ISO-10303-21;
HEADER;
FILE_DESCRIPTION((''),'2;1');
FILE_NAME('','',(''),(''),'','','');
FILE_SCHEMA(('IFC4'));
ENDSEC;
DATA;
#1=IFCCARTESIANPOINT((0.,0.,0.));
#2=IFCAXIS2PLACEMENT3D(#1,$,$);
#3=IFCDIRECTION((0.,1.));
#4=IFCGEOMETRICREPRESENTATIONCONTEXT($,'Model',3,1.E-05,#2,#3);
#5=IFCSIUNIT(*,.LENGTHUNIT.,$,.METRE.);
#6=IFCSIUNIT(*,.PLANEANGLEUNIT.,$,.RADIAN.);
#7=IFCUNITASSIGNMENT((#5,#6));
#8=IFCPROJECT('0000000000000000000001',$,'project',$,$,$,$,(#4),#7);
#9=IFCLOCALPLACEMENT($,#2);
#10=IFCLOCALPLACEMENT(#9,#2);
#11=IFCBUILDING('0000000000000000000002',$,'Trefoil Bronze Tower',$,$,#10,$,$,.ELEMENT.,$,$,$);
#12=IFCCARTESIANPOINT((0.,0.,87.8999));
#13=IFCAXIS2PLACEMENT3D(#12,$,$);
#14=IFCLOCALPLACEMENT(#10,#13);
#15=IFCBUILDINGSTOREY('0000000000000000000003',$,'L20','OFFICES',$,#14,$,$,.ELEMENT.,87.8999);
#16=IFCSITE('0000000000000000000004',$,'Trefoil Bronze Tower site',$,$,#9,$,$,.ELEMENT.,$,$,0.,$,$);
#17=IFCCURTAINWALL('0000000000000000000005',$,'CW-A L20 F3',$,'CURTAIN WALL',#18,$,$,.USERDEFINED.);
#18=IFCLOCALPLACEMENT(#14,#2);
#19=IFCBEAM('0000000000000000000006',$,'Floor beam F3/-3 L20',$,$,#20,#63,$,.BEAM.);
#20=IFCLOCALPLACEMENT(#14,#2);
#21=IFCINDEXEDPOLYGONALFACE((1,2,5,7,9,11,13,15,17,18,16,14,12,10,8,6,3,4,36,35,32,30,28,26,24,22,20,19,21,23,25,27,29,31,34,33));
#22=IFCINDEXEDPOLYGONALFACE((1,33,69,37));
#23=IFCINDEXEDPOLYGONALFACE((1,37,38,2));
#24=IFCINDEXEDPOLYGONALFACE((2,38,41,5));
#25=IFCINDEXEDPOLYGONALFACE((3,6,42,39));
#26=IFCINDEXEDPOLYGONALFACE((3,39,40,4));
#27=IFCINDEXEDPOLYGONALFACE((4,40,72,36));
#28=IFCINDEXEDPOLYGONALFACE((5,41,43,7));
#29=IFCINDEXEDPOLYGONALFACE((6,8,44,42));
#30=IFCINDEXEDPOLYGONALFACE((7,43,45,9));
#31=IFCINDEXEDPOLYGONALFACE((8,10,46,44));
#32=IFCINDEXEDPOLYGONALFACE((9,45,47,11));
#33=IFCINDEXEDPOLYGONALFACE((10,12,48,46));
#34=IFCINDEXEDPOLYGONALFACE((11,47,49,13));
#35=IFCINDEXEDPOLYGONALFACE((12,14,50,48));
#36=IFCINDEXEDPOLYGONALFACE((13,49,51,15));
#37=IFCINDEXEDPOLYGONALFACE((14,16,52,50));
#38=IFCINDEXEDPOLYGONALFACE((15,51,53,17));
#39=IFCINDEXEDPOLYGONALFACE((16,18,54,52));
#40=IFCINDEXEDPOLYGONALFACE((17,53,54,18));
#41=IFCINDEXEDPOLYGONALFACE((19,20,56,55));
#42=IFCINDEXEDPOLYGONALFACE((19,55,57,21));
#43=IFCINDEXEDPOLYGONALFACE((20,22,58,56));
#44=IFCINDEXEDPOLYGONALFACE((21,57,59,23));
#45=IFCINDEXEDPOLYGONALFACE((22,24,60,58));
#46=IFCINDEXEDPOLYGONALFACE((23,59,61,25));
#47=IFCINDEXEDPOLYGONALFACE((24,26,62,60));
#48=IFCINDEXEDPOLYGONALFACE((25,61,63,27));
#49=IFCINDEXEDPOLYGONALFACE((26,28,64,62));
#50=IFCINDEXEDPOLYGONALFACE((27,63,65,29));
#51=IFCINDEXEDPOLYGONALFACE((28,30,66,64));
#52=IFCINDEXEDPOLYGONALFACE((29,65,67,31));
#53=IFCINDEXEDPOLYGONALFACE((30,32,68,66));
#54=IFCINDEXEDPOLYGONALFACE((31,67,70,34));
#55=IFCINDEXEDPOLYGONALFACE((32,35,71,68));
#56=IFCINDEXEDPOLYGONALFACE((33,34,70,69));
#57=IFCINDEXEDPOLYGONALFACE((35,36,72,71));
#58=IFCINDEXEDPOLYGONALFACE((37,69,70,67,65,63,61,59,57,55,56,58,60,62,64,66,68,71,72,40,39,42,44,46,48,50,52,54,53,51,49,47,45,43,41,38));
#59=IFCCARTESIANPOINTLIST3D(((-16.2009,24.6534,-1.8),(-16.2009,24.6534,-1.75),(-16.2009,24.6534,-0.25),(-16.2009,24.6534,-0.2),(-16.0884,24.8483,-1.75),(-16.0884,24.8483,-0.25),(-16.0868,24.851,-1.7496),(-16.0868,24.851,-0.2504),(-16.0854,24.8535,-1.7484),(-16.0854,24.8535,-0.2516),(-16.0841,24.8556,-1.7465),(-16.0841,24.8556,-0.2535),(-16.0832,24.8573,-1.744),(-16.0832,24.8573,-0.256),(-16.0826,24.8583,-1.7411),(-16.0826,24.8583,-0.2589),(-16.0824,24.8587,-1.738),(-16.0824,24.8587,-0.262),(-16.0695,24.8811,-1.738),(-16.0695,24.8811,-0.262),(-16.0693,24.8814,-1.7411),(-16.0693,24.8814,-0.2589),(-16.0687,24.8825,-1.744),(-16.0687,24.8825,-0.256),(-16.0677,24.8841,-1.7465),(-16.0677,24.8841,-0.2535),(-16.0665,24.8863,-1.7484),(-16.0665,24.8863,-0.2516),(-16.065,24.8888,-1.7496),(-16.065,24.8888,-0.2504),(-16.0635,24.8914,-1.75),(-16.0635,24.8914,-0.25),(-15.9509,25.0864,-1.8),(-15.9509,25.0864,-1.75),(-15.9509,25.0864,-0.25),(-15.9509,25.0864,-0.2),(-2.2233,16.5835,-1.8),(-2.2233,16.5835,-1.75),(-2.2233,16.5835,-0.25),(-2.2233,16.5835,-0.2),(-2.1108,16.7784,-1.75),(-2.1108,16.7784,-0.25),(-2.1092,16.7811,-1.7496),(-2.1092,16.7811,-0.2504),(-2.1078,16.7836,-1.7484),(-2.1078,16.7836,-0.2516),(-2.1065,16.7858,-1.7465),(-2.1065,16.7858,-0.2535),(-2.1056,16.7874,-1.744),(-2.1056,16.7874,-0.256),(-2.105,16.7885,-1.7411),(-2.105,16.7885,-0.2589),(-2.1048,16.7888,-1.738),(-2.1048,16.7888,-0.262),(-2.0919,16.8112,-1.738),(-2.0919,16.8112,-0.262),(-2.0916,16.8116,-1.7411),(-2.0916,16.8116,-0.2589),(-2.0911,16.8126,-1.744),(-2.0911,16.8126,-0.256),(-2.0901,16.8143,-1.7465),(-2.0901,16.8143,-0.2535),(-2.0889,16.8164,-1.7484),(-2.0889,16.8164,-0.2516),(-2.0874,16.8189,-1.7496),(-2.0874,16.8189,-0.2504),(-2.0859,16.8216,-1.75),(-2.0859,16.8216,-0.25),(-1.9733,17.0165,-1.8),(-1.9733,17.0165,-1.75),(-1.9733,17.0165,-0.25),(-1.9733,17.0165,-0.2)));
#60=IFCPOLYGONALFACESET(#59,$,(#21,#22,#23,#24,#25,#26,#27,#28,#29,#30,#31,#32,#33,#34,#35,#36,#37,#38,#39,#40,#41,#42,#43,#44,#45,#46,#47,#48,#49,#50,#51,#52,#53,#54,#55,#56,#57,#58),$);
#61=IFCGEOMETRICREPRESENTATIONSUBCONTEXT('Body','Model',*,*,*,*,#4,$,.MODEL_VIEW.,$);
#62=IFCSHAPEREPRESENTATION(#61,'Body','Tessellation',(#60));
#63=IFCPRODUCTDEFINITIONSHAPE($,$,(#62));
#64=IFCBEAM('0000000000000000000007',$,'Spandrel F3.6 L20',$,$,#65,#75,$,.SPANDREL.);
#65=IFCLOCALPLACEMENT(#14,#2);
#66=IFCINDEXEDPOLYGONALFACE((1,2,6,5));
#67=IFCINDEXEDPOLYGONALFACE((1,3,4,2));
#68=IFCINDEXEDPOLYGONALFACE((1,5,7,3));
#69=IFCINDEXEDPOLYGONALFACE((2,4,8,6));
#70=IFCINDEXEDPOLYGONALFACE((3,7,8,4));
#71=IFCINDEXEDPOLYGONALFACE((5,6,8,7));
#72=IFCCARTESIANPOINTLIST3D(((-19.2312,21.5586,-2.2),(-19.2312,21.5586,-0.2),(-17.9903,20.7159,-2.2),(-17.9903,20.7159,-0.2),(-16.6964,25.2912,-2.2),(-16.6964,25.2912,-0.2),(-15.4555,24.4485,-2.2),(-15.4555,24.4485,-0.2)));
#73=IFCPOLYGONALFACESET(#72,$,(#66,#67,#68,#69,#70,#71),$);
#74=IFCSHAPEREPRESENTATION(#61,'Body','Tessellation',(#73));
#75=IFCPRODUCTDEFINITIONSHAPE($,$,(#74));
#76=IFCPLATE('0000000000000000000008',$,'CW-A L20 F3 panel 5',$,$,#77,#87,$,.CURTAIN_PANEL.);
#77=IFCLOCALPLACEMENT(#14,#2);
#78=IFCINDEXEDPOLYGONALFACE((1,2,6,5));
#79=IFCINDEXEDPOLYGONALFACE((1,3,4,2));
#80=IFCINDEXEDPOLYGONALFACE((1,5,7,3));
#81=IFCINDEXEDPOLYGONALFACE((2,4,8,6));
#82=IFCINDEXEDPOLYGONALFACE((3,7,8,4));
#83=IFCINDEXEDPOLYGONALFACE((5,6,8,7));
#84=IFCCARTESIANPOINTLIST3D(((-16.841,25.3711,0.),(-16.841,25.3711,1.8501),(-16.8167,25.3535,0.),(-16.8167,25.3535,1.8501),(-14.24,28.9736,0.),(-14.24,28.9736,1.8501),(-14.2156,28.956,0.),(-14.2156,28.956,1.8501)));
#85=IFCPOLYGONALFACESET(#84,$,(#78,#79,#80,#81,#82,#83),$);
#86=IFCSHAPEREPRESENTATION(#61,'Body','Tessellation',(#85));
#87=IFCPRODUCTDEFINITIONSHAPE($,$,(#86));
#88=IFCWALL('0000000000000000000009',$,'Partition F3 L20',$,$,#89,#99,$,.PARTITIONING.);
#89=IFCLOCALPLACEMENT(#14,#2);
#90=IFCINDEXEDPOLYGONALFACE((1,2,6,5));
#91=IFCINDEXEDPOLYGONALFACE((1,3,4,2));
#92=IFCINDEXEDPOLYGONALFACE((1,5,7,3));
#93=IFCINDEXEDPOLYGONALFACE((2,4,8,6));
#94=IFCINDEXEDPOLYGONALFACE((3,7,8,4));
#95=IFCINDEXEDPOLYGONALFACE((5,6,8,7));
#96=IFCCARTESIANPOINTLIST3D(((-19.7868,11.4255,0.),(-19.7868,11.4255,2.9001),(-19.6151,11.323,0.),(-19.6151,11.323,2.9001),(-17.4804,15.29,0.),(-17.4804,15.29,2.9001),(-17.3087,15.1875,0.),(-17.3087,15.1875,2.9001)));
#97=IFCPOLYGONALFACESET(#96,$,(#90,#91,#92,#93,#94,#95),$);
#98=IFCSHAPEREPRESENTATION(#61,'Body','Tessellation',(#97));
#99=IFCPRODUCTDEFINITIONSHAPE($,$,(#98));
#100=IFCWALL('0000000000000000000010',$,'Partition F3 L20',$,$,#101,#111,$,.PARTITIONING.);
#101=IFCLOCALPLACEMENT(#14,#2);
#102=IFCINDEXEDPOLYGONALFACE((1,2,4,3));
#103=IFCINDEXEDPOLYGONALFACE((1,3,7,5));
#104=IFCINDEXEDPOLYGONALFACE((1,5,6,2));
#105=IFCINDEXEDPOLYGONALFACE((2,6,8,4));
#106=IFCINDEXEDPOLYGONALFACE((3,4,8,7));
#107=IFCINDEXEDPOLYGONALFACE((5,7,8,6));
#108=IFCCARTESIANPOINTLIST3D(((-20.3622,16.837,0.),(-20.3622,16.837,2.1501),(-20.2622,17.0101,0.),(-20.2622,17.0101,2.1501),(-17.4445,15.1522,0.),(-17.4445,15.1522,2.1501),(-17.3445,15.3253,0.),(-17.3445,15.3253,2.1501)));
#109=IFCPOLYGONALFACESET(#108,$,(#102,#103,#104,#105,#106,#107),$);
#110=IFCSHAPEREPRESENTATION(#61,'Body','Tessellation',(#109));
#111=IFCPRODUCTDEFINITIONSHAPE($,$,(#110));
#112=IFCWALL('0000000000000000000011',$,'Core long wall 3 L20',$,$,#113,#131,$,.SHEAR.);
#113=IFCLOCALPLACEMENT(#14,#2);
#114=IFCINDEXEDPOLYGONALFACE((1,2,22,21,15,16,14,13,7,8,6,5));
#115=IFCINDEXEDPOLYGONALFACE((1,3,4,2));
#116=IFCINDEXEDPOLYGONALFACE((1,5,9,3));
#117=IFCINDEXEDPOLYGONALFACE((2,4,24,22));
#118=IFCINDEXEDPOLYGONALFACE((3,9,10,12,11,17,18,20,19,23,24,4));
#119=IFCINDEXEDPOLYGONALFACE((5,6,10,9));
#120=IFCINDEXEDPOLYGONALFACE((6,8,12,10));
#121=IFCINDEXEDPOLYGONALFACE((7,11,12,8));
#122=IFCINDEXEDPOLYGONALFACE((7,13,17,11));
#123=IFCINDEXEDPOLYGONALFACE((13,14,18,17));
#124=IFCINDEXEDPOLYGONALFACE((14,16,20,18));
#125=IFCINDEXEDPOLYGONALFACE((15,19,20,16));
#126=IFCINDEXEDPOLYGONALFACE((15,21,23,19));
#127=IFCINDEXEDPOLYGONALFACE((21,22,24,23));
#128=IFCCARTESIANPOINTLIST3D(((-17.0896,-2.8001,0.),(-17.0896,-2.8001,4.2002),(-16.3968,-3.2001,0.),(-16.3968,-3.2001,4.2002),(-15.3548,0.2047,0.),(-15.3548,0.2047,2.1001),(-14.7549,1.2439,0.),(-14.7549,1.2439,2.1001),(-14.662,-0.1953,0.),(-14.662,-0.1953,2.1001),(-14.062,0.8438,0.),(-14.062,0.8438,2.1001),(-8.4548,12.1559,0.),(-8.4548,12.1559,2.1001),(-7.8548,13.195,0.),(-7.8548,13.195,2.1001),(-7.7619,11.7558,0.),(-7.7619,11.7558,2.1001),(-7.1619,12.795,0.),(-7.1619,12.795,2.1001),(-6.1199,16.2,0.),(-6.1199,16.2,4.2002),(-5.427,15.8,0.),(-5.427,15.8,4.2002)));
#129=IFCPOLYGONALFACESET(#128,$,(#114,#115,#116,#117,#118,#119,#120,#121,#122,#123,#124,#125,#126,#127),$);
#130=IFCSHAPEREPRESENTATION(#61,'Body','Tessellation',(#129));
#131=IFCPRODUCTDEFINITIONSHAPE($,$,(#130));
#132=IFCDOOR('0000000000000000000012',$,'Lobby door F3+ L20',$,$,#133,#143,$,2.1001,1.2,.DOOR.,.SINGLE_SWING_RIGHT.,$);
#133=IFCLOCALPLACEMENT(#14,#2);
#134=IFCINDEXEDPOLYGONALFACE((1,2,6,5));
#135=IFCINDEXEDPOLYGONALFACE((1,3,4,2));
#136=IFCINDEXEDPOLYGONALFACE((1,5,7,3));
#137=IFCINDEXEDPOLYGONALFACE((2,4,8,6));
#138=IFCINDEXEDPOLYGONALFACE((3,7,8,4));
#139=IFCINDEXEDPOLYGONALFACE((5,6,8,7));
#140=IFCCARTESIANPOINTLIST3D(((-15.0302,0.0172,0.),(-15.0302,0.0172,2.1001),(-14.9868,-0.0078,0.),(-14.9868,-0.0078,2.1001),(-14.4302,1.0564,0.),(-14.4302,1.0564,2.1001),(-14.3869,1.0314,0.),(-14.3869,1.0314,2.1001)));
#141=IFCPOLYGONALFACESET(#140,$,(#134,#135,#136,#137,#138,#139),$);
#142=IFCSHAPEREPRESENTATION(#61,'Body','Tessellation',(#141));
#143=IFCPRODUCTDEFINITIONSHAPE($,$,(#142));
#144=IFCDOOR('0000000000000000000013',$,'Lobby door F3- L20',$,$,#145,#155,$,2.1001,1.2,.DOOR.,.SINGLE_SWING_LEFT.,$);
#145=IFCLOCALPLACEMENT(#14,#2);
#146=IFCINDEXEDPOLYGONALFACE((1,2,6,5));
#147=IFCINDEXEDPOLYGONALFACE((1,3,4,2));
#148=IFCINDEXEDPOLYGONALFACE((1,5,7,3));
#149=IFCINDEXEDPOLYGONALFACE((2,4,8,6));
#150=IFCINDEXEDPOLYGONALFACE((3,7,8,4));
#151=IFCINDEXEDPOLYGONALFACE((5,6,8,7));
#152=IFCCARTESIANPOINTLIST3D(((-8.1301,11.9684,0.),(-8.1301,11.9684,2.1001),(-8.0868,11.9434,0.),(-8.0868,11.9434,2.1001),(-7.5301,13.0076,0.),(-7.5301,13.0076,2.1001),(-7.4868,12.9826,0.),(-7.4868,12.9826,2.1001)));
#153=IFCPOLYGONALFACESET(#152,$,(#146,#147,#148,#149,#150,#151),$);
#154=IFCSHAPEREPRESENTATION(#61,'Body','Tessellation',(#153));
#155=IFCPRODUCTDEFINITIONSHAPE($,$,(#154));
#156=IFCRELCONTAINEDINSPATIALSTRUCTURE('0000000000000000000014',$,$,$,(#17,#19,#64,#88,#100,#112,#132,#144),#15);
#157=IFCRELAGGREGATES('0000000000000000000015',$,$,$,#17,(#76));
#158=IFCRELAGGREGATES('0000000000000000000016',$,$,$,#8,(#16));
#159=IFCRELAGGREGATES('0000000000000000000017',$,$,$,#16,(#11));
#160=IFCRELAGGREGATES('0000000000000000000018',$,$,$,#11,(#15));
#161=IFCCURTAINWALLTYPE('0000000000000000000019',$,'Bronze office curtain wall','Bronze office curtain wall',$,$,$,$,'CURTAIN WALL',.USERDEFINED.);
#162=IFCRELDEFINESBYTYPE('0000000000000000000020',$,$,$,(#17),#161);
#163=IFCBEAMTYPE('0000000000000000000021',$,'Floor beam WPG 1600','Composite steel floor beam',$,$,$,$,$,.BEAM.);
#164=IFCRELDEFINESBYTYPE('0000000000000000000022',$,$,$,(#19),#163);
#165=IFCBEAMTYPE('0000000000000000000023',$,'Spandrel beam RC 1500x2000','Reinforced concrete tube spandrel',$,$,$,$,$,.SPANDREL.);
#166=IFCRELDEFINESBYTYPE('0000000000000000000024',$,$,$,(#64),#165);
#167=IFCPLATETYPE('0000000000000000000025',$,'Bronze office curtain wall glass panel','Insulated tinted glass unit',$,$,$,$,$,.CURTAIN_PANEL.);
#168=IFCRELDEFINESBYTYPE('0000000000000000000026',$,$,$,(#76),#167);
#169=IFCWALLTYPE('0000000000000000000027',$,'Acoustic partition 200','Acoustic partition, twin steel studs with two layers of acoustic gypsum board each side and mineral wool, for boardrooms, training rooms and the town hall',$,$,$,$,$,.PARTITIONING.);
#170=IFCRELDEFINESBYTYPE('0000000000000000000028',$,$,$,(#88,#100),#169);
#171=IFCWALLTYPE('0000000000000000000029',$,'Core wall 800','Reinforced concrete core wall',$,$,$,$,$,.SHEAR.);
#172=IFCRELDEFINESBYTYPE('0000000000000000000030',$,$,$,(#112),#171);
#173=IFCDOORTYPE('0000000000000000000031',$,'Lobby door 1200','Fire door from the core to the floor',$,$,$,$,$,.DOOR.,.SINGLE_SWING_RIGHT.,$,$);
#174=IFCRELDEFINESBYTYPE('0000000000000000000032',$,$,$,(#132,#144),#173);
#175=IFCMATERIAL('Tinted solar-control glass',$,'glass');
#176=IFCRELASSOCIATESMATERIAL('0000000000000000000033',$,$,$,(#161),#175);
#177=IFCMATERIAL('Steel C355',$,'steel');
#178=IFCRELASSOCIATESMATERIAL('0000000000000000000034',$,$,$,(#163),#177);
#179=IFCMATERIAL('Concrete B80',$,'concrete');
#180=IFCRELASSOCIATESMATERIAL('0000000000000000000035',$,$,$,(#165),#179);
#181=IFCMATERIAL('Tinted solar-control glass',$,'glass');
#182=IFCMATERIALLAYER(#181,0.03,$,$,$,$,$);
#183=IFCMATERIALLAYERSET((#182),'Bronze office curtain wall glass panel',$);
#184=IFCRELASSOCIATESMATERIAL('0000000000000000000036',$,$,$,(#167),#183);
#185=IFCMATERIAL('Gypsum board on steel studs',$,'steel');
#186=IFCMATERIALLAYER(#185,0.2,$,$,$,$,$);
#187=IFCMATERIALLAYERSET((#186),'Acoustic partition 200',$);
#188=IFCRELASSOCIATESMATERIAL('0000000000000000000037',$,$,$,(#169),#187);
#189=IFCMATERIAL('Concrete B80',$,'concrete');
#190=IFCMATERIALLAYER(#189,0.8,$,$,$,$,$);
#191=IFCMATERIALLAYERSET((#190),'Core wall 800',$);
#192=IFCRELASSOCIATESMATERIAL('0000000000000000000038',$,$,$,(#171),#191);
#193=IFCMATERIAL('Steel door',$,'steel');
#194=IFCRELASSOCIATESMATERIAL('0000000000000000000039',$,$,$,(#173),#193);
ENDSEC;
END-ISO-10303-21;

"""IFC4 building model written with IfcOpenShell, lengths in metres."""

from ifc_helpers import new_model, si_unit, direction, frame, frame_2d, origin, origin_2d, place, context, subcontext, project, spatial, rectangle, i_section, extrude, material, layer, layer_set, material_profile, profile_set, type_object, element, fill, aggregate, save


model = new_model("IFC4")

# Units and contexts
model_context = context("Model", 3, precision=1e-05, world=origin(), true_north=direction((0.0, 1.0)))
body_context = subcontext(model_context, "Body", "Model", "MODEL_VIEW")
ifc_project = project(units=[si_unit("LENGTHUNIT", "METRE"), si_unit("PLANEANGLEUNIT", "RADIAN")], contexts=[model_context])

# Site, building, storey
site_placement = place(None, origin())
site = spatial("IfcSite", under=ifc_project, at=site_placement, Name="Trefoil Bronze Tower site", CompositionType="ELEMENT", RefElevation=0.0)
building_placement = place(site_placement, origin())
building = spatial("IfcBuilding", under=site, at=building_placement, Name="Trefoil Bronze Tower", CompositionType="ELEMENT")
storey_placement = place(building_placement, frame((0.0, 0.0, 87.8999)))
storey = spatial("IfcBuildingStorey", under=building, at=storey_placement, Name="L20", Description="OFFICES", CompositionType="ELEMENT", Elevation=87.8999)

# Curtain wall
ifc_material_1 = material(Name="Tinted solar-control glass", Category="glass")
curtain_wall_type = type_object("IfcCurtainWallType", Name="Bronze office curtain wall", Description="Bronze office curtain wall", ElementType="CURTAIN WALL", PredefinedType="USERDEFINED", material=ifc_material_1)
curtain_wall_placement = place(storey_placement, origin())
curtain_wall = element("IfcCurtainWall", 1, at=curtain_wall_placement, inside=storey, type_object=curtain_wall_type, Name="CW-A L20 F3", ObjectType="CURTAIN WALL", PredefinedType="USERDEFINED")

# Beams
ifc_material_2 = material(Name="Steel C355", Category="steel")
ifc_material_profile_1 = material_profile(ifc_material_2, i_section(OverallWidth=0.5, OverallDepth=1.6001, WebThickness=0.0259, FlangeThickness=0.05, FilletRadius=0.012, at=origin_2d()), Name="WPG 1600")
ifc_profile_set_1 = profile_set([ifc_material_profile_1], Name="Steel C355")
beam_type_1 = type_object("IfcBeamType", Name="Floor beam WPG 1600", Description="Composite steel floor beam", PredefinedType="BEAM", material=ifc_profile_set_1)
beam_1_placement = place(storey_placement, frame((-16.0759, 24.8699, -1.0), z_axis=(0.866028, -0.499995, 0.0), x_axis=(0.499995, 0.866028, 0.0)))
element("IfcBeam", 2, at=beam_1_placement, inside=storey, type_object=beam_type_1, Name="Floor beam F3/-3 L20", PredefinedType="BEAM", context=body_context, shape_type="SweptSolid", body=[
    extrude(i_section(OverallWidth=0.5, OverallDepth=1.6001, WebThickness=0.0259, FlangeThickness=0.05, FilletRadius=0.012, at=origin_2d()), origin(), (0.0, 0.0, 1.0), 16.1399),
])
ifc_material_3 = material(Name="Concrete B80", Category="concrete")
ifc_material_profile_2 = material_profile(ifc_material_3, rectangle(XDim=1.5, YDim=2.0, at=origin_2d()), Name="RC 1500x2000")
ifc_profile_set_2 = profile_set([ifc_material_profile_2], Name="Concrete B80")
beam_type_2 = type_object("IfcBeamType", Name="Spandrel beam RC 1500x2000", Description="Reinforced concrete tube spandrel", PredefinedType="SPANDREL", material=ifc_profile_set_2)
beam_2_placement = place(storey_placement, frame((-16.0759, 24.8699, -1.2), z_axis=(-0.56181, -0.827267, 0.0), x_axis=(0.827267, -0.56181, 0.0)))
element("IfcBeam", 3, at=beam_2_placement, inside=storey, type_object=beam_type_2, Name="Spandrel F3.6 L20", PredefinedType="SPANDREL", context=body_context, shape_type="SweptSolid", body=[
    extrude(rectangle(XDim=1.5, YDim=2.0, at=origin_2d()), origin(), (0.0, 0.0, 1.0), 4.512),
])

# Plate
ifc_material_4 = material(Name="Tinted solar-control glass", Category="glass")
ifc_layer_1 = layer(ifc_material_4, 0.03)
ifc_layer_set_1 = layer_set([ifc_layer_1], Name="Bronze office curtain wall glass panel")
plate_type = type_object("IfcPlateType", Name="Bronze office curtain wall glass panel", Description="Insulated tinted glass unit", PredefinedType="CURTAIN_PANEL", material=ifc_layer_set_1)
plate_placement = place(storey_placement, frame((-15.5283, 27.1636, 0.0), z_axis=(0.0, 0.0, 1.0), x_axis=(-0.585373, -0.810764, 0.0)))
plate = element("IfcPlate", 4, at=plate_placement, type_object=plate_type, Name="CW-A L20 F3 panel 5", PredefinedType="CURTAIN_PANEL", context=body_context, shape_type="SweptSolid", body=[
    extrude(rectangle(XDim=4.4434, YDim=0.03, at=origin_2d()), origin(), (0.0, 0.0, 1.0), 1.8501),
])
aggregate(curtain_wall, [plate])

# Walls
ifc_material_5 = material(Name="Gypsum board on steel studs", Category="steel")
ifc_layer_2 = layer(ifc_material_5, 0.2)
ifc_layer_set_2 = layer_set([ifc_layer_2], Name="Acoustic partition 200")
wall_type_1 = type_object("IfcWallType", Name="Acoustic partition 200", Description="Acoustic partition, twin steel studs with two layers of acoustic gypsum board each side and mineral wool, for boardrooms, training rooms and the town hall", PredefinedType="PARTITIONING", material=ifc_layer_set_2)
wall_1_placement = place(storey_placement, frame((-17.3945, 15.2388, 0.0), z_axis=(0.0, 0.0, 1.0), x_axis=(-0.512484, -0.858697, 0.0)))
element("IfcWall", 5, at=wall_1_placement, inside=storey, type_object=wall_type_1, Name="Partition F3 L20", PredefinedType="PARTITIONING", context=body_context, shape_type="SweptSolid", body=[
    extrude(rectangle(XDim=4.5005, YDim=0.2, at=frame_2d((2.2502, 0.0))), origin(), (0.0, 0.0, 1.0), 2.9001),
])
wall_2_placement = place(storey_placement, frame((-17.3945, 15.2388, 0.0), z_axis=(0.0, 0.0, 1.0), x_axis=(-0.865991, 0.500059, 0.0)))
element("IfcWall", 6, at=wall_2_placement, inside=storey, type_object=wall_type_1, Name="Partition F3 L20", PredefinedType="PARTITIONING", context=body_context, shape_type="SweptSolid", body=[
    extrude(rectangle(XDim=3.3691, YDim=0.2, at=frame_2d((1.6846, 0.0))), origin(), (0.0, 0.0, 1.0), 2.1501),
])

# Wall, openings, doors
ifc_material_6 = material(Name="Concrete B80", Category="concrete")
ifc_layer_3 = layer(ifc_material_6, 0.8)
ifc_layer_set_3 = layer_set([ifc_layer_3], Name="Core wall 800")
wall_type_2 = type_object("IfcWallType", Name="Core wall 800", Description="Reinforced concrete core wall", PredefinedType="SHEAR", material=ifc_layer_set_3)
wall_3_placement = place(storey_placement, frame((-5.7734, 16.0, 0.0), z_axis=(0.0, 0.0, 1.0), x_axis=(-0.500002, -0.866024, 0.0)))
wall_3 = element("IfcWall", 7, at=wall_3_placement, inside=storey, type_object=wall_type_2, Name="Core long wall 3 L20", PredefinedType="SHEAR", context=body_context, shape_type="SweptSolid", body=[
    extrude(rectangle(XDim=21.9395, YDim=0.8, at=frame_2d((10.9697, 0.0))), origin(), (0.0, 0.0, 1.0), 4.2002),
])
opening_1_placement = place(wall_3_placement, frame((17.2698, 0.0, 0.0)))
opening_1 = element("IfcOpeningElement", 8, at=opening_1_placement, cuts=wall_3, PredefinedType="OPENING", context=body_context, shape_type="SweptSolid", body=[
    extrude(rectangle(XDim=1.2, YDim=2.1001, at=frame_2d((0.6001, 1.05))), frame((0.0, 0.4099, 0.0), z_axis=(0.0, -1.0, 0.0), x_axis=(1.0, 0.0, 0.0)), (0.0, 0.0, 1.0), 0.8201),
])
opening_2_placement = place(wall_3_placement, frame((3.4697, 0.0, 0.0)))
opening_2 = element("IfcOpeningElement", 9, at=opening_2_placement, cuts=wall_3, PredefinedType="OPENING", context=body_context, shape_type="SweptSolid", body=[
    extrude(rectangle(XDim=1.2, YDim=2.1001, at=frame_2d((0.6001, 1.05))), frame((0.0, 0.4099, 0.0), z_axis=(0.0, -1.0, 0.0), x_axis=(1.0, 0.0, 0.0)), (0.0, 0.0, 1.0), 0.8201),
])
ifc_material_7 = material(Name="Steel door", Category="steel")
door_type_1 = type_object("IfcDoorType", Name="Lobby door 1200", Description="Fire door from the core to the floor", OperationType="SINGLE_SWING_RIGHT", PredefinedType="DOOR", material=ifc_material_7)
door_1_placement = place(opening_1_placement, origin())
door_1 = element("IfcDoor", 10, at=door_1_placement, inside=storey, type_object=door_type_1, Name="Lobby door F3+ L20", OperationType="SINGLE_SWING_RIGHT", OverallHeight=2.1001, OverallWidth=1.2, PredefinedType="DOOR", context=body_context, shape_type="SweptSolid", body=[
    extrude(rectangle(XDim=1.2, YDim=2.1001, at=frame_2d((0.6001, 1.05))), frame((0.0, 0.0249, 0.0), z_axis=(0.0, -1.0, 0.0), x_axis=(1.0, 0.0, 0.0)), (0.0, 0.0, 1.0), 0.05),
])
fill(opening_1, door_1)
door_2_placement = place(opening_2_placement, origin())
door_2 = element("IfcDoor", 11, at=door_2_placement, inside=storey, type_object=door_type_1, Name="Lobby door F3- L20", OperationType="SINGLE_SWING_LEFT", OverallHeight=2.1001, OverallWidth=1.2, PredefinedType="DOOR", context=body_context, shape_type="SweptSolid", body=[
    extrude(rectangle(XDim=1.2, YDim=2.1001, at=frame_2d((0.6001, 1.05))), frame((0.0, 0.0249, 0.0), z_axis=(0.0, -1.0, 0.0), x_axis=(1.0, 0.0, 0.0)), (0.0, 0.0, 1.0), 0.05),
])
fill(opening_2, door_2)

save(model, "model.ifc")
